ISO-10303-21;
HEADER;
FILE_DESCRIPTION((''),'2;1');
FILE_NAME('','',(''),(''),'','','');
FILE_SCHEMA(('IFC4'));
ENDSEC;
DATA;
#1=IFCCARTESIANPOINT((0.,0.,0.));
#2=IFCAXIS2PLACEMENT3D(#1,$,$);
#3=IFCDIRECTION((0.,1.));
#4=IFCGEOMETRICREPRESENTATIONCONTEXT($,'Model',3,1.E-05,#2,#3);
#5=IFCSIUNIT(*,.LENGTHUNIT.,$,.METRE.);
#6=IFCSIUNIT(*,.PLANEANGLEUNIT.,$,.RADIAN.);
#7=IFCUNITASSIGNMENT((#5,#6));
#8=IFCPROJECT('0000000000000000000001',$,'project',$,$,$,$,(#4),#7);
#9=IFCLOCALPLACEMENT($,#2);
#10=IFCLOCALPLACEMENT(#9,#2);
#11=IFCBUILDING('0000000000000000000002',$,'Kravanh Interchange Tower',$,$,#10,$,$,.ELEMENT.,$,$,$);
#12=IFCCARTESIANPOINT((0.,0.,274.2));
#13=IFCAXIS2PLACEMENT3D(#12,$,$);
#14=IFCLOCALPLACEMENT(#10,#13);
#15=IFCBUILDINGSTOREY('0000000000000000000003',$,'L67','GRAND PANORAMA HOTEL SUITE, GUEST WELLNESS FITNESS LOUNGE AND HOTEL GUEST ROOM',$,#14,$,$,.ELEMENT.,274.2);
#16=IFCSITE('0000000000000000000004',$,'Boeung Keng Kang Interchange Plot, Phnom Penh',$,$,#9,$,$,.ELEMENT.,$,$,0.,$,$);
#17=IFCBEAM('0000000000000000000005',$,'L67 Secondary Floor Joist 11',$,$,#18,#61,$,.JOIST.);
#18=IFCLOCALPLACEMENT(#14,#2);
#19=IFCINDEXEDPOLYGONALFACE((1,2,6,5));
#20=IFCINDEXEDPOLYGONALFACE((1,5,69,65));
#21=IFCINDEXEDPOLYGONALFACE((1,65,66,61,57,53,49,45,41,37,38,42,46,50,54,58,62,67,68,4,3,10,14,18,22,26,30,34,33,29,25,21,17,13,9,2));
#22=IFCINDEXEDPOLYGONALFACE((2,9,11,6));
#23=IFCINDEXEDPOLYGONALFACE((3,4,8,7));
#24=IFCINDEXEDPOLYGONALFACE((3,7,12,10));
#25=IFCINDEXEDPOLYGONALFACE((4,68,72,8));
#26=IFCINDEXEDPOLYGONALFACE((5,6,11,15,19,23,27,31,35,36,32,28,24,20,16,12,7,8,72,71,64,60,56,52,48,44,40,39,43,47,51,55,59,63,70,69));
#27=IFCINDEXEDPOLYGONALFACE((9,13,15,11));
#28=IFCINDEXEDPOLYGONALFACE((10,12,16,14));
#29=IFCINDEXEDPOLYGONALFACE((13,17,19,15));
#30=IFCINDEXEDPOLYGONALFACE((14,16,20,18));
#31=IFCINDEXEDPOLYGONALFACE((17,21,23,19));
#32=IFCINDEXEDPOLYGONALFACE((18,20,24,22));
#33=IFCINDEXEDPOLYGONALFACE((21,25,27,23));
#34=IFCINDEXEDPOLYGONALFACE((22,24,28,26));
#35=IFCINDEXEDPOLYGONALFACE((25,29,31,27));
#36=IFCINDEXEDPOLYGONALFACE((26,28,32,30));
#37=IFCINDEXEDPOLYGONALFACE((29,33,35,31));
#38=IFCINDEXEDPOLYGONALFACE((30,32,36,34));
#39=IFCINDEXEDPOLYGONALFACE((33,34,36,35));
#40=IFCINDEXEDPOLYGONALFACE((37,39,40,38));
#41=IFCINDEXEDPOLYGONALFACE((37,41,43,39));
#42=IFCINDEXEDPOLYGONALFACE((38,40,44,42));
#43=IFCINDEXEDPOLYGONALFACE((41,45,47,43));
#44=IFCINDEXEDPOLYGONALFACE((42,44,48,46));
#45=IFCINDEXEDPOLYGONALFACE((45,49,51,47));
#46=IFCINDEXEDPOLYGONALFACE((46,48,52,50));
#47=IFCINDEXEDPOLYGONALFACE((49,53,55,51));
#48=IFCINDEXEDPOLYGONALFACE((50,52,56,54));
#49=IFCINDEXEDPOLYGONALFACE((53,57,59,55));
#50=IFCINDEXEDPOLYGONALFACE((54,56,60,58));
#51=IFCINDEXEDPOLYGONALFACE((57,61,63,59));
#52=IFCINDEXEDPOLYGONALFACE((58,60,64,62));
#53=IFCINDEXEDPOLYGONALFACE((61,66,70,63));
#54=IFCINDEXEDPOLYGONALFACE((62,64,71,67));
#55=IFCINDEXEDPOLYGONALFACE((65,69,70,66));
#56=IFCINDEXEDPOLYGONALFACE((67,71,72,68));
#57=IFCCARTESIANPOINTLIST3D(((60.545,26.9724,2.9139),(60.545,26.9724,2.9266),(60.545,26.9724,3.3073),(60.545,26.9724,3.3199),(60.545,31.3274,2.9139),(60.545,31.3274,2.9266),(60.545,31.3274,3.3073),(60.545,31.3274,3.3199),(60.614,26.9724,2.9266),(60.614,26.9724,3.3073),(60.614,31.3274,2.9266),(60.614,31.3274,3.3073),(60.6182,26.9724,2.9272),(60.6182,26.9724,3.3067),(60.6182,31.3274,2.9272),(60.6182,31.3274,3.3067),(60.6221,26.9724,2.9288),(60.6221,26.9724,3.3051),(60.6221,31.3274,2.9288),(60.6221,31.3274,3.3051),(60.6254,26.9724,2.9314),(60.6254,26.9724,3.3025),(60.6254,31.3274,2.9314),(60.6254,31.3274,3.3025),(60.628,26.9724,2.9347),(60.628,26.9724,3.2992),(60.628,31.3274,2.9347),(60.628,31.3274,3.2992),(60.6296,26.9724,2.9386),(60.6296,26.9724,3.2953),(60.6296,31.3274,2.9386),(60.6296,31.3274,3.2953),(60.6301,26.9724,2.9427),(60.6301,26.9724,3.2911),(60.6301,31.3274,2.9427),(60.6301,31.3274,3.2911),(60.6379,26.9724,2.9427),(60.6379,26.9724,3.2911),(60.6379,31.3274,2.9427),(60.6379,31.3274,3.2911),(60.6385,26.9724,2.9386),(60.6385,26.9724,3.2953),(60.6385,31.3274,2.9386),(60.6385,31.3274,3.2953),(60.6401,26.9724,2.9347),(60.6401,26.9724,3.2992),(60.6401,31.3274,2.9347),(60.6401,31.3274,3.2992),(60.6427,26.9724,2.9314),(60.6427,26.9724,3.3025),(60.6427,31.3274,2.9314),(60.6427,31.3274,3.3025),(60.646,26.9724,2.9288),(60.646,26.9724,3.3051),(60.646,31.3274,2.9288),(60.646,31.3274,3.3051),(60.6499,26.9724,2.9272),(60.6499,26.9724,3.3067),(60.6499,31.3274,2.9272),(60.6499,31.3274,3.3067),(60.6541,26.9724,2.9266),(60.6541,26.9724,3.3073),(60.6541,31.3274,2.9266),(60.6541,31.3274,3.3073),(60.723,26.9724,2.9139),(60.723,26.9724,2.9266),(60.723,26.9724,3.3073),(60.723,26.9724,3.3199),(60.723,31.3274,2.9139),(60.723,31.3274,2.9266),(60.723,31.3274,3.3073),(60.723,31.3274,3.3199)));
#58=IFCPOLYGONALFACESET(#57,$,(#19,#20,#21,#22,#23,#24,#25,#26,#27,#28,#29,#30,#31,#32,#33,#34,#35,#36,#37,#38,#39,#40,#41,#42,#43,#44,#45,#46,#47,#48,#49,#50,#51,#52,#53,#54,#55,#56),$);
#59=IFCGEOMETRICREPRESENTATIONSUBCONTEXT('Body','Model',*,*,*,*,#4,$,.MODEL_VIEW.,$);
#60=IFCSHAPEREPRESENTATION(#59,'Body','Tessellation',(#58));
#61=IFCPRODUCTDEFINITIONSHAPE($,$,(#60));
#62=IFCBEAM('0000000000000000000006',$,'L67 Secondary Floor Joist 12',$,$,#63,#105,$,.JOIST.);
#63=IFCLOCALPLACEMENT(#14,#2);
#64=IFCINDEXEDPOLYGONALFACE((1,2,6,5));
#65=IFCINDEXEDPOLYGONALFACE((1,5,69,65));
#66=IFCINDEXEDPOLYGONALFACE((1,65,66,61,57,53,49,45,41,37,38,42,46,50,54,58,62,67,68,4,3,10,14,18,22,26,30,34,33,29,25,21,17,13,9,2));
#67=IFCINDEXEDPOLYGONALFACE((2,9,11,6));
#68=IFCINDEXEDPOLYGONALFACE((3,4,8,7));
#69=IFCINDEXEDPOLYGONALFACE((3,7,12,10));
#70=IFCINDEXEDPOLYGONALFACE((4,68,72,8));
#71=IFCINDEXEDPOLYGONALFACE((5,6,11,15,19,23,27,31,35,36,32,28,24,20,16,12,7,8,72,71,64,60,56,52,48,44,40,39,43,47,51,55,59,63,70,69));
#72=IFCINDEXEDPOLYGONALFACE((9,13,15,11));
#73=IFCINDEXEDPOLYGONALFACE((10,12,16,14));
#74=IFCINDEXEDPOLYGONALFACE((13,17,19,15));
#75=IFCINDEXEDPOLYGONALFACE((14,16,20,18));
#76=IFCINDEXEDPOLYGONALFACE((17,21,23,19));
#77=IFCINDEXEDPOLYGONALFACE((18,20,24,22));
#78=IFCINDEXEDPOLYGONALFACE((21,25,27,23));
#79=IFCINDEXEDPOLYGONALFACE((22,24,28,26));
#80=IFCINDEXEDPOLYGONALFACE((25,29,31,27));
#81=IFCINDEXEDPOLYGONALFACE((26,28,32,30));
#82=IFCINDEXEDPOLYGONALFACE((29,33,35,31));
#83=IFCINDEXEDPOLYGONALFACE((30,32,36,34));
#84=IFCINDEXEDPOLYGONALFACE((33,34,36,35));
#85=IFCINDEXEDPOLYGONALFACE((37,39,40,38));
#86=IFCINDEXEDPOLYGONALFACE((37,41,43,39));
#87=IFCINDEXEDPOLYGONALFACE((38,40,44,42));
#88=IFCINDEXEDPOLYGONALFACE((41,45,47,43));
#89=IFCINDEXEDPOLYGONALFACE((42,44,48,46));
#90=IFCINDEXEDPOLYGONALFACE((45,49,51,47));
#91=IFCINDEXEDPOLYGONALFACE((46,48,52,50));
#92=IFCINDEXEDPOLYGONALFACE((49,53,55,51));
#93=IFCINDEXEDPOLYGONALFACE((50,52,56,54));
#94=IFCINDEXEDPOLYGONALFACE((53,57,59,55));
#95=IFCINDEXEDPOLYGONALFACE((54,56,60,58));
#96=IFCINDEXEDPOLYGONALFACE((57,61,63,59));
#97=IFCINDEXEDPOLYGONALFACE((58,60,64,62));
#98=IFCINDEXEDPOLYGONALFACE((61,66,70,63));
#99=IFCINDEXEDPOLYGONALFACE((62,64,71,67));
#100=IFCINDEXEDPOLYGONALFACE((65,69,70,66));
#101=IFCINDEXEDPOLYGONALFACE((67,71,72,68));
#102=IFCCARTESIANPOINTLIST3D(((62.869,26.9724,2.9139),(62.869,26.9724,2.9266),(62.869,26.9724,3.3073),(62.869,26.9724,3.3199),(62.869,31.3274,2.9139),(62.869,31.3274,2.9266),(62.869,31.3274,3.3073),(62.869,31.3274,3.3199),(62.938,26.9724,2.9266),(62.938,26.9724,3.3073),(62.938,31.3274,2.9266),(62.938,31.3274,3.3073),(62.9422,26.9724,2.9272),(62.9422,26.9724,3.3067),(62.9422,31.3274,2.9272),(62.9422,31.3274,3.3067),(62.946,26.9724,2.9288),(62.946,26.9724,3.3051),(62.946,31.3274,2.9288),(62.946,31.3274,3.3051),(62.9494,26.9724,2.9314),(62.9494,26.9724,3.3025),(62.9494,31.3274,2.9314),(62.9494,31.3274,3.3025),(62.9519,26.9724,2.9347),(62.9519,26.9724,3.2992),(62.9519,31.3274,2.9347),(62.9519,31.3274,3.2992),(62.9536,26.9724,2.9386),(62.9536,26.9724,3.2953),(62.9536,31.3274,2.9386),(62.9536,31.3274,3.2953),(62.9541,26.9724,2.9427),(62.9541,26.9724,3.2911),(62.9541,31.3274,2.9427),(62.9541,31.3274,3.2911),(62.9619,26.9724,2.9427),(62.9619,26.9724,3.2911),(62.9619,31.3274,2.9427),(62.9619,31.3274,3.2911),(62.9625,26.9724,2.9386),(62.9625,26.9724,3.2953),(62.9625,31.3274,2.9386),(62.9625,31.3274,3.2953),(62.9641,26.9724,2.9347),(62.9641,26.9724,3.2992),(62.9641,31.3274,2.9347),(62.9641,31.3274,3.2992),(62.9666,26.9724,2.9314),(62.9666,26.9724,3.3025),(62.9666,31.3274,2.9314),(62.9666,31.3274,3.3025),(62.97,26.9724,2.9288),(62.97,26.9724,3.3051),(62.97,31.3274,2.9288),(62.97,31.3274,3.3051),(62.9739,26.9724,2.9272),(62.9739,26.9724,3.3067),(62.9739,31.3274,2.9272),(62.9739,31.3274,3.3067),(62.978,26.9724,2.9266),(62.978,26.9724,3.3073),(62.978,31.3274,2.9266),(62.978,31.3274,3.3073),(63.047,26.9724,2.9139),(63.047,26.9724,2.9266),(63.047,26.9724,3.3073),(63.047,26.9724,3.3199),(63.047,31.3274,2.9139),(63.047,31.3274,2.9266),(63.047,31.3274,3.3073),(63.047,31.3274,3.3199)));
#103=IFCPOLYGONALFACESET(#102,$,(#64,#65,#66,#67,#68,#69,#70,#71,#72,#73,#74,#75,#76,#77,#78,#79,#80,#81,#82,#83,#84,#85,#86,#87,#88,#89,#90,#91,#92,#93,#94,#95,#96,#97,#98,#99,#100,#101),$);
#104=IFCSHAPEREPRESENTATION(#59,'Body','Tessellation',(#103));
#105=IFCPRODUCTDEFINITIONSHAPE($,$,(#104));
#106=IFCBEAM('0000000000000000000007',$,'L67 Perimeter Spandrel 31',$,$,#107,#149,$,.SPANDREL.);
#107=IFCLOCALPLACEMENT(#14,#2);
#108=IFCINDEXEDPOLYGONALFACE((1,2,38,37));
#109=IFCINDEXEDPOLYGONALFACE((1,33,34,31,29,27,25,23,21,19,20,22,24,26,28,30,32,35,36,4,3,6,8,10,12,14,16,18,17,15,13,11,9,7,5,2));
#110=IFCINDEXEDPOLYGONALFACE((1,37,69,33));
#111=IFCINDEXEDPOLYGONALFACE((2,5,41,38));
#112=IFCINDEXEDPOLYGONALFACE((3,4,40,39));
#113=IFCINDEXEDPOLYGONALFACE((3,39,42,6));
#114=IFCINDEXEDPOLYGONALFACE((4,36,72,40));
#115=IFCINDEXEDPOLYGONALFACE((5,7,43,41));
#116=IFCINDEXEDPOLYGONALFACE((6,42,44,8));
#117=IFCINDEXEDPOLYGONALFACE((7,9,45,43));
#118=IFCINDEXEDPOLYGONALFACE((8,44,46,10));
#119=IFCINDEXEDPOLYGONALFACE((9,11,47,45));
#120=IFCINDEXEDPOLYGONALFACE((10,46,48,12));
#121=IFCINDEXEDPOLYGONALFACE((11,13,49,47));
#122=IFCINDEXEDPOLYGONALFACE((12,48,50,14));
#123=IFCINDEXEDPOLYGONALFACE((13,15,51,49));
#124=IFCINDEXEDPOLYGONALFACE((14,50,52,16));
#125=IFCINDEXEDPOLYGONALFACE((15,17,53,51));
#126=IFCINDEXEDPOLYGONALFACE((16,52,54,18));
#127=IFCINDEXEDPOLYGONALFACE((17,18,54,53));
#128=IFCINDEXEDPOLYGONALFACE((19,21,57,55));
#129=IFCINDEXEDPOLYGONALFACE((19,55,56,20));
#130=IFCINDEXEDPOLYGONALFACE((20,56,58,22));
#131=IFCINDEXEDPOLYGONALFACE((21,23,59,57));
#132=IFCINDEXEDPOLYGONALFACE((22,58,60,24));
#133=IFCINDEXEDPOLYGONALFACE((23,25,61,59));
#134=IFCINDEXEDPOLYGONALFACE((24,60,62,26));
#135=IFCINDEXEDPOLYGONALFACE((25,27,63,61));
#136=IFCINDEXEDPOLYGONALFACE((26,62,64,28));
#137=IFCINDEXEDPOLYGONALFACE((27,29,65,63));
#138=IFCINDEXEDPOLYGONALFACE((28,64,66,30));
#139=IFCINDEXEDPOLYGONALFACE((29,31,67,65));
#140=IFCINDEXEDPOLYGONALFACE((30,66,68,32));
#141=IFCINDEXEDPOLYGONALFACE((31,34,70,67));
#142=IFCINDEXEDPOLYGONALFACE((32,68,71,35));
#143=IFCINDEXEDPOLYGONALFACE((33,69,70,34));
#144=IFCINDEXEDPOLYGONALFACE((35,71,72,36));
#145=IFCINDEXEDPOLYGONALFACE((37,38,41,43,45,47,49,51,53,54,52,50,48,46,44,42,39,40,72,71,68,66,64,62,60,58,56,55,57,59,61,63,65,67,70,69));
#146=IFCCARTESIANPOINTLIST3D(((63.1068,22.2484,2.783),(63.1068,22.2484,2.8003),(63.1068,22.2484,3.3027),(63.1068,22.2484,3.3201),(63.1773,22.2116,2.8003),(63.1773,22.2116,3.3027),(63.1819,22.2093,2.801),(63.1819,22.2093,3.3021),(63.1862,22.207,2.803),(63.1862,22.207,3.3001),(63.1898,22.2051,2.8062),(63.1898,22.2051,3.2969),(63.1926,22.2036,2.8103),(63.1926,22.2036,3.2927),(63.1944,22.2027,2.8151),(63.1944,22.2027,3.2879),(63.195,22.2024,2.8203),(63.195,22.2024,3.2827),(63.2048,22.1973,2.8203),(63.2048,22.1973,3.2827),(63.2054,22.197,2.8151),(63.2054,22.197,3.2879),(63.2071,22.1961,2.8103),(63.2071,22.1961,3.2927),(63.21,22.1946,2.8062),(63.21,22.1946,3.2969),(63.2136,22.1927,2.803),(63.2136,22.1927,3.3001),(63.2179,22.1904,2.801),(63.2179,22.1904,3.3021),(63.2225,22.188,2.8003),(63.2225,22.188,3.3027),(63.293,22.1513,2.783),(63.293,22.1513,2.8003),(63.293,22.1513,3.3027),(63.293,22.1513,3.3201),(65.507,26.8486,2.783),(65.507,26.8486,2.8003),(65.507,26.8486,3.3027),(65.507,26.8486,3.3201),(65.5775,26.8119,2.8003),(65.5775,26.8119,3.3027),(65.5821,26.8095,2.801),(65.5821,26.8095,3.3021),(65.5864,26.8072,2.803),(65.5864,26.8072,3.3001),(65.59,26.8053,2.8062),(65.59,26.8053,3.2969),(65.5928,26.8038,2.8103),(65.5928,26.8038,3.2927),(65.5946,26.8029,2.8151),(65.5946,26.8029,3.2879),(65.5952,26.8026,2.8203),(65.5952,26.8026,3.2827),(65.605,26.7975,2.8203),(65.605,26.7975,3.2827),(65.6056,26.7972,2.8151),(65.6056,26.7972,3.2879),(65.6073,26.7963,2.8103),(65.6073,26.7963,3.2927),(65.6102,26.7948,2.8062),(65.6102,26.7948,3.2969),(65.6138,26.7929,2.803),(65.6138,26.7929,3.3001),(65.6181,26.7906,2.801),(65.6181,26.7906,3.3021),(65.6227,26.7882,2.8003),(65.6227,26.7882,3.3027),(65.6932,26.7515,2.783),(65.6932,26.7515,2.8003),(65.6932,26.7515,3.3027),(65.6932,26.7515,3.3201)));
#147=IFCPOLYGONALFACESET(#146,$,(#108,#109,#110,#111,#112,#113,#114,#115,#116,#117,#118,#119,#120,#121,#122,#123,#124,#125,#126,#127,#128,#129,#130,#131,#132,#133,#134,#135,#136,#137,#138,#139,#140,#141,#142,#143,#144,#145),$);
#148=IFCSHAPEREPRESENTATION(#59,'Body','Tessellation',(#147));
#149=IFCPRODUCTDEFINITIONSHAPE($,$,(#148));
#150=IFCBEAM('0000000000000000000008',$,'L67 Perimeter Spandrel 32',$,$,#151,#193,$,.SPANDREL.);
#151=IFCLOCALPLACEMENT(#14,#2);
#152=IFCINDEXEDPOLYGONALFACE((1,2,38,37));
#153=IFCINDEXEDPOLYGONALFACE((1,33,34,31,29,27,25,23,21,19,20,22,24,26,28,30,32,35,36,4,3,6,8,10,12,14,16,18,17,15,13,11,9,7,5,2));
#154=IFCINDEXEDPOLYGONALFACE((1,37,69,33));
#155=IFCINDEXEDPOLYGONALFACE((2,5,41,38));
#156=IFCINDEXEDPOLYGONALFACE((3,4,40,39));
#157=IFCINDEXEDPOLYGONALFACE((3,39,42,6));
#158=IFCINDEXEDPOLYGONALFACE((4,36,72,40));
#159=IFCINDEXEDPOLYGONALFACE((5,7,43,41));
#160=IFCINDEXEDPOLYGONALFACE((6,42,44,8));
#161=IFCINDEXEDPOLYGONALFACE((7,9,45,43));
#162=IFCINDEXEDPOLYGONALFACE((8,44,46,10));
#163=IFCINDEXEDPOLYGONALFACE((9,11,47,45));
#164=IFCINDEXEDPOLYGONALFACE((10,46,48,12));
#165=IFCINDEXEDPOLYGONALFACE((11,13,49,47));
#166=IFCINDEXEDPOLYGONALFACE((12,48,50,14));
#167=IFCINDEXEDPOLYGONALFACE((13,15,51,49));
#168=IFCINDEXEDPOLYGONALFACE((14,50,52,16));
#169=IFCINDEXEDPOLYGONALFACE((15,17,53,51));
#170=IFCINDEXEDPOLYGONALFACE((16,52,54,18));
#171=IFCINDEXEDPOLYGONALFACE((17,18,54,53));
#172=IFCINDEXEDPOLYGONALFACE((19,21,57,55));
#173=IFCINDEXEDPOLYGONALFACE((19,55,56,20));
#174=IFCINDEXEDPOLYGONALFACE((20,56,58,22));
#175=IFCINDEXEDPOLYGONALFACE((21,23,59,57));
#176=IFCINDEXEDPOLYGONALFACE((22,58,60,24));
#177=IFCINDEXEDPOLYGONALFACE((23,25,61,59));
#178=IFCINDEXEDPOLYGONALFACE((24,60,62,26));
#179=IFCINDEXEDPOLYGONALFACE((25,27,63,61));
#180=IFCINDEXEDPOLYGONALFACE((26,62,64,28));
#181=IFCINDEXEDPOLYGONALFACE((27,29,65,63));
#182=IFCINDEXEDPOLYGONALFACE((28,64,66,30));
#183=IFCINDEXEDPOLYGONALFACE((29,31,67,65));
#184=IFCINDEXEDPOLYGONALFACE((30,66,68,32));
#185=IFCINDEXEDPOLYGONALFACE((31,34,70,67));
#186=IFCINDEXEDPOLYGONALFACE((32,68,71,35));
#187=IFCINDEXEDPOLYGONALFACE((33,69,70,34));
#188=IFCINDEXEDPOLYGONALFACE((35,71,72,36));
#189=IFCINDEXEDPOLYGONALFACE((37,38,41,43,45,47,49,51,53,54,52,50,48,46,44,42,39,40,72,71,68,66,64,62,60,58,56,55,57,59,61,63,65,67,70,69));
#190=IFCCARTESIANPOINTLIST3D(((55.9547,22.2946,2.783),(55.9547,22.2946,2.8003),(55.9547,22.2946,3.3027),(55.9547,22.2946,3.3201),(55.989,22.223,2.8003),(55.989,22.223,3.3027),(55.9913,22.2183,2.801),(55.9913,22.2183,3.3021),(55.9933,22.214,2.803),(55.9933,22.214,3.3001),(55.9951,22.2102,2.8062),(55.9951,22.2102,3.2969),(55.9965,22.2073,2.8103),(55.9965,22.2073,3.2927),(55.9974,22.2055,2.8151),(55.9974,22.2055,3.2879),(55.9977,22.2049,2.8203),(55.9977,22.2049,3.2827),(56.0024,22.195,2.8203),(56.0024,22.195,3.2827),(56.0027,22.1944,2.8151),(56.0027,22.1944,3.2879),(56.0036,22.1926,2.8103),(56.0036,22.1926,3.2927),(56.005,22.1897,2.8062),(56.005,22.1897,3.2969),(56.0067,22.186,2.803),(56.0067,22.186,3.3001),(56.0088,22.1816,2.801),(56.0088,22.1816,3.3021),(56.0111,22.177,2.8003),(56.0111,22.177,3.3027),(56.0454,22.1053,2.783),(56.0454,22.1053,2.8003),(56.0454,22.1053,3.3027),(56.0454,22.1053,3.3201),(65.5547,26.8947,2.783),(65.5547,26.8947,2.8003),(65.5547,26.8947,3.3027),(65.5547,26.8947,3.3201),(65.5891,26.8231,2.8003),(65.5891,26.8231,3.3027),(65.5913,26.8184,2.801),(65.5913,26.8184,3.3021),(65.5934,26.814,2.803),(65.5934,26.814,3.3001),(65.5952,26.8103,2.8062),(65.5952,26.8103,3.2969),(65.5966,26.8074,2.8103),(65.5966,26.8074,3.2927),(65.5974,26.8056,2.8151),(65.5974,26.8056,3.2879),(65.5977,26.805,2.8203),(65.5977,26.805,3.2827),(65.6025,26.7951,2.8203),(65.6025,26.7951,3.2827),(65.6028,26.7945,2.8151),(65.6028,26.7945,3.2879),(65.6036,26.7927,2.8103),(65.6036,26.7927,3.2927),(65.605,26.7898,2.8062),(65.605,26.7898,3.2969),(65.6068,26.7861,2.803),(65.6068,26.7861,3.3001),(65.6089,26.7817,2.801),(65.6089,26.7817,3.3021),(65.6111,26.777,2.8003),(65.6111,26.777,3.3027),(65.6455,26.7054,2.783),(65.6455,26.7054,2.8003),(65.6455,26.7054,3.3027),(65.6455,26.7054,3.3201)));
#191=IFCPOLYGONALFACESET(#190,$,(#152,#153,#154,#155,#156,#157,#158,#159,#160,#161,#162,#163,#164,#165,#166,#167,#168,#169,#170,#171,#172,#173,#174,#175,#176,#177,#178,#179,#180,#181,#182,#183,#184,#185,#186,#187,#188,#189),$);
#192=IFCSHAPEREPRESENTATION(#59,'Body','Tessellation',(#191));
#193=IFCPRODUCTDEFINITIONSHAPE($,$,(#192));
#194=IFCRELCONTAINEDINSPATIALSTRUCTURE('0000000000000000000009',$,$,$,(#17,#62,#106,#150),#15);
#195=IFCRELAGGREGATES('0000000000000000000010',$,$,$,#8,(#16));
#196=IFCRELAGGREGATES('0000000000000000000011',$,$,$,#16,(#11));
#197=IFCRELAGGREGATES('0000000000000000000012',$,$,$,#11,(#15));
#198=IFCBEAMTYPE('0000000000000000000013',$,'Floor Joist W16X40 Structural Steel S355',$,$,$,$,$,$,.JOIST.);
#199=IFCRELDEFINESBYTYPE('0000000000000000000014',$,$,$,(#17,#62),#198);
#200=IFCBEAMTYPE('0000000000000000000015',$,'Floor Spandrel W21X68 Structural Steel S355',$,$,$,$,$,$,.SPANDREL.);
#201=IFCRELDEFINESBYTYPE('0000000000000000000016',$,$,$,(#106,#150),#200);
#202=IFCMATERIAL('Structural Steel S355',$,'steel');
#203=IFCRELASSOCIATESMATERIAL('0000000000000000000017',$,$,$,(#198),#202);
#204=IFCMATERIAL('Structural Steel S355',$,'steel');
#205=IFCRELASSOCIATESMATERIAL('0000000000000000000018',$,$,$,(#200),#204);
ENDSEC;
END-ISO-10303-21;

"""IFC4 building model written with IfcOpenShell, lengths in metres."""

from ifc_helpers import new_model, si_unit, direction, frame, origin, origin_2d, place, context, subcontext, project, spatial, i_section, extrude, material, material_profile, profile_set, type_object, element, save


model = new_model("IFC4")

# Units and contexts
model_context = context("Model", 3, precision=1e-05, world=origin(), true_north=direction((0.0, 1.0)))
body_context = subcontext(model_context, "Body", "Model", "MODEL_VIEW")
ifc_project = project(units=[si_unit("LENGTHUNIT", "METRE"), si_unit("PLANEANGLEUNIT", "RADIAN")], contexts=[model_context])

# Site, building, storey
site_placement = place(None, origin())
site = spatial("IfcSite", under=ifc_project, at=site_placement, Name="Boeung Keng Kang Interchange Plot, Phnom Penh", CompositionType="ELEMENT", RefElevation=0.0)
building_placement = place(site_placement, origin())
building = spatial("IfcBuilding", under=site, at=building_placement, Name="Kravanh Interchange Tower", CompositionType="ELEMENT")
storey_placement = place(building_placement, frame((0.0, 0.0, 274.2)))
storey = spatial("IfcBuildingStorey", under=building, at=storey_placement, Name="L67", Description="GRAND PANORAMA HOTEL SUITE, GUEST WELLNESS FITNESS LOUNGE AND HOTEL GUEST ROOM", CompositionType="ELEMENT", Elevation=274.2)

# Beams
ifc_material_1 = material(Name="Structural Steel S355", Category="steel")
ifc_material_profile_1 = material_profile(ifc_material_1, i_section(OverallWidth=0.178, OverallDepth=0.406, WebThickness=0.0078, FlangeThickness=0.0127, FilletRadius=0.0161, at=origin_2d()), Name="W16X40")
ifc_profile_set_1 = profile_set([ifc_material_profile_1], Name="Structural Steel S355")
beam_type_1 = type_object("IfcBeamType", Name="Floor Joist W16X40 Structural Steel S355", PredefinedType="JOIST", material=ifc_profile_set_1)
for number, where, z_axis, x_axis, name in (
    (1, (60.634, 26.9724, 3.1169), (0.0, 1.0, 0.0), (-1.0, 0.0, 0.0), "L67 Secondary Floor Joist 11"),
    (2, (62.958, 26.9724, 3.1169), (0.0, 1.0, 0.0), (-1.0, 0.0, 0.0), "L67 Secondary Floor Joist 12"),
):
    element("IfcBeam", number, at=place(storey_placement, frame(where, z_axis=z_axis, x_axis=x_axis)), inside=storey, type_object=beam_type_1, Name=name, PredefinedType="JOIST", context=body_context, shape_type="SweptSolid", body=[
        extrude(i_section(OverallWidth=0.178, OverallDepth=0.406, WebThickness=0.0078, FlangeThickness=0.0127, FilletRadius=0.0161, at=origin_2d()), origin(), (0.0, 0.0, 1.0), 4.355),
    ])
ifc_material_2 = material(Name="Structural Steel S355", Category="steel")
ifc_material_profile_2 = material_profile(ifc_material_2, i_section(OverallWidth=0.21, OverallDepth=0.5371, WebThickness=0.011, FlangeThickness=0.0173, FilletRadius=0.02, at=origin_2d()), Name="W21X68")
ifc_profile_set_2 = profile_set([ifc_material_profile_2], Name="Structural Steel S355")
beam_type_2 = type_object("IfcBeamType", Name="Floor Spandrel W21X68 Structural Steel S355", PredefinedType="SPANDREL", material=ifc_profile_set_2)
beam_1_placement = place(storey_placement, frame((65.6001, 26.8, 3.0515), z_axis=(-0.46258, -0.886577, 0.0), x_axis=(0.886577, -0.46258, 0.0)))
element("IfcBeam", 3, at=beam_1_placement, inside=storey, type_object=beam_type_2, Name="L67 Perimeter Spandrel 31", PredefinedType="SPANDREL", context=body_context, shape_type="SweptSolid", body=[
    extrude(i_section(OverallWidth=0.21, OverallDepth=0.5371, WebThickness=0.011, FlangeThickness=0.0173, FilletRadius=0.02, at=origin_2d()), origin(), (0.0, 0.0, 1.0), 5.1887),
])
beam_2_placement = place(storey_placement, frame((65.6001, 26.8, 3.0515), z_axis=(-0.901814, -0.432124, 0.0), x_axis=(0.432124, -0.901814, 0.0)))
element("IfcBeam", 4, at=beam_2_placement, inside=storey, type_object=beam_type_2, Name="L67 Perimeter Spandrel 32", PredefinedType="SPANDREL", context=body_context, shape_type="SweptSolid", body=[
    extrude(i_section(OverallWidth=0.21, OverallDepth=0.5371, WebThickness=0.011, FlangeThickness=0.0173, FilletRadius=0.02, at=origin_2d()), origin(), (0.0, 0.0, 1.0), 10.6453),
])

save(model, "model.ifc")
